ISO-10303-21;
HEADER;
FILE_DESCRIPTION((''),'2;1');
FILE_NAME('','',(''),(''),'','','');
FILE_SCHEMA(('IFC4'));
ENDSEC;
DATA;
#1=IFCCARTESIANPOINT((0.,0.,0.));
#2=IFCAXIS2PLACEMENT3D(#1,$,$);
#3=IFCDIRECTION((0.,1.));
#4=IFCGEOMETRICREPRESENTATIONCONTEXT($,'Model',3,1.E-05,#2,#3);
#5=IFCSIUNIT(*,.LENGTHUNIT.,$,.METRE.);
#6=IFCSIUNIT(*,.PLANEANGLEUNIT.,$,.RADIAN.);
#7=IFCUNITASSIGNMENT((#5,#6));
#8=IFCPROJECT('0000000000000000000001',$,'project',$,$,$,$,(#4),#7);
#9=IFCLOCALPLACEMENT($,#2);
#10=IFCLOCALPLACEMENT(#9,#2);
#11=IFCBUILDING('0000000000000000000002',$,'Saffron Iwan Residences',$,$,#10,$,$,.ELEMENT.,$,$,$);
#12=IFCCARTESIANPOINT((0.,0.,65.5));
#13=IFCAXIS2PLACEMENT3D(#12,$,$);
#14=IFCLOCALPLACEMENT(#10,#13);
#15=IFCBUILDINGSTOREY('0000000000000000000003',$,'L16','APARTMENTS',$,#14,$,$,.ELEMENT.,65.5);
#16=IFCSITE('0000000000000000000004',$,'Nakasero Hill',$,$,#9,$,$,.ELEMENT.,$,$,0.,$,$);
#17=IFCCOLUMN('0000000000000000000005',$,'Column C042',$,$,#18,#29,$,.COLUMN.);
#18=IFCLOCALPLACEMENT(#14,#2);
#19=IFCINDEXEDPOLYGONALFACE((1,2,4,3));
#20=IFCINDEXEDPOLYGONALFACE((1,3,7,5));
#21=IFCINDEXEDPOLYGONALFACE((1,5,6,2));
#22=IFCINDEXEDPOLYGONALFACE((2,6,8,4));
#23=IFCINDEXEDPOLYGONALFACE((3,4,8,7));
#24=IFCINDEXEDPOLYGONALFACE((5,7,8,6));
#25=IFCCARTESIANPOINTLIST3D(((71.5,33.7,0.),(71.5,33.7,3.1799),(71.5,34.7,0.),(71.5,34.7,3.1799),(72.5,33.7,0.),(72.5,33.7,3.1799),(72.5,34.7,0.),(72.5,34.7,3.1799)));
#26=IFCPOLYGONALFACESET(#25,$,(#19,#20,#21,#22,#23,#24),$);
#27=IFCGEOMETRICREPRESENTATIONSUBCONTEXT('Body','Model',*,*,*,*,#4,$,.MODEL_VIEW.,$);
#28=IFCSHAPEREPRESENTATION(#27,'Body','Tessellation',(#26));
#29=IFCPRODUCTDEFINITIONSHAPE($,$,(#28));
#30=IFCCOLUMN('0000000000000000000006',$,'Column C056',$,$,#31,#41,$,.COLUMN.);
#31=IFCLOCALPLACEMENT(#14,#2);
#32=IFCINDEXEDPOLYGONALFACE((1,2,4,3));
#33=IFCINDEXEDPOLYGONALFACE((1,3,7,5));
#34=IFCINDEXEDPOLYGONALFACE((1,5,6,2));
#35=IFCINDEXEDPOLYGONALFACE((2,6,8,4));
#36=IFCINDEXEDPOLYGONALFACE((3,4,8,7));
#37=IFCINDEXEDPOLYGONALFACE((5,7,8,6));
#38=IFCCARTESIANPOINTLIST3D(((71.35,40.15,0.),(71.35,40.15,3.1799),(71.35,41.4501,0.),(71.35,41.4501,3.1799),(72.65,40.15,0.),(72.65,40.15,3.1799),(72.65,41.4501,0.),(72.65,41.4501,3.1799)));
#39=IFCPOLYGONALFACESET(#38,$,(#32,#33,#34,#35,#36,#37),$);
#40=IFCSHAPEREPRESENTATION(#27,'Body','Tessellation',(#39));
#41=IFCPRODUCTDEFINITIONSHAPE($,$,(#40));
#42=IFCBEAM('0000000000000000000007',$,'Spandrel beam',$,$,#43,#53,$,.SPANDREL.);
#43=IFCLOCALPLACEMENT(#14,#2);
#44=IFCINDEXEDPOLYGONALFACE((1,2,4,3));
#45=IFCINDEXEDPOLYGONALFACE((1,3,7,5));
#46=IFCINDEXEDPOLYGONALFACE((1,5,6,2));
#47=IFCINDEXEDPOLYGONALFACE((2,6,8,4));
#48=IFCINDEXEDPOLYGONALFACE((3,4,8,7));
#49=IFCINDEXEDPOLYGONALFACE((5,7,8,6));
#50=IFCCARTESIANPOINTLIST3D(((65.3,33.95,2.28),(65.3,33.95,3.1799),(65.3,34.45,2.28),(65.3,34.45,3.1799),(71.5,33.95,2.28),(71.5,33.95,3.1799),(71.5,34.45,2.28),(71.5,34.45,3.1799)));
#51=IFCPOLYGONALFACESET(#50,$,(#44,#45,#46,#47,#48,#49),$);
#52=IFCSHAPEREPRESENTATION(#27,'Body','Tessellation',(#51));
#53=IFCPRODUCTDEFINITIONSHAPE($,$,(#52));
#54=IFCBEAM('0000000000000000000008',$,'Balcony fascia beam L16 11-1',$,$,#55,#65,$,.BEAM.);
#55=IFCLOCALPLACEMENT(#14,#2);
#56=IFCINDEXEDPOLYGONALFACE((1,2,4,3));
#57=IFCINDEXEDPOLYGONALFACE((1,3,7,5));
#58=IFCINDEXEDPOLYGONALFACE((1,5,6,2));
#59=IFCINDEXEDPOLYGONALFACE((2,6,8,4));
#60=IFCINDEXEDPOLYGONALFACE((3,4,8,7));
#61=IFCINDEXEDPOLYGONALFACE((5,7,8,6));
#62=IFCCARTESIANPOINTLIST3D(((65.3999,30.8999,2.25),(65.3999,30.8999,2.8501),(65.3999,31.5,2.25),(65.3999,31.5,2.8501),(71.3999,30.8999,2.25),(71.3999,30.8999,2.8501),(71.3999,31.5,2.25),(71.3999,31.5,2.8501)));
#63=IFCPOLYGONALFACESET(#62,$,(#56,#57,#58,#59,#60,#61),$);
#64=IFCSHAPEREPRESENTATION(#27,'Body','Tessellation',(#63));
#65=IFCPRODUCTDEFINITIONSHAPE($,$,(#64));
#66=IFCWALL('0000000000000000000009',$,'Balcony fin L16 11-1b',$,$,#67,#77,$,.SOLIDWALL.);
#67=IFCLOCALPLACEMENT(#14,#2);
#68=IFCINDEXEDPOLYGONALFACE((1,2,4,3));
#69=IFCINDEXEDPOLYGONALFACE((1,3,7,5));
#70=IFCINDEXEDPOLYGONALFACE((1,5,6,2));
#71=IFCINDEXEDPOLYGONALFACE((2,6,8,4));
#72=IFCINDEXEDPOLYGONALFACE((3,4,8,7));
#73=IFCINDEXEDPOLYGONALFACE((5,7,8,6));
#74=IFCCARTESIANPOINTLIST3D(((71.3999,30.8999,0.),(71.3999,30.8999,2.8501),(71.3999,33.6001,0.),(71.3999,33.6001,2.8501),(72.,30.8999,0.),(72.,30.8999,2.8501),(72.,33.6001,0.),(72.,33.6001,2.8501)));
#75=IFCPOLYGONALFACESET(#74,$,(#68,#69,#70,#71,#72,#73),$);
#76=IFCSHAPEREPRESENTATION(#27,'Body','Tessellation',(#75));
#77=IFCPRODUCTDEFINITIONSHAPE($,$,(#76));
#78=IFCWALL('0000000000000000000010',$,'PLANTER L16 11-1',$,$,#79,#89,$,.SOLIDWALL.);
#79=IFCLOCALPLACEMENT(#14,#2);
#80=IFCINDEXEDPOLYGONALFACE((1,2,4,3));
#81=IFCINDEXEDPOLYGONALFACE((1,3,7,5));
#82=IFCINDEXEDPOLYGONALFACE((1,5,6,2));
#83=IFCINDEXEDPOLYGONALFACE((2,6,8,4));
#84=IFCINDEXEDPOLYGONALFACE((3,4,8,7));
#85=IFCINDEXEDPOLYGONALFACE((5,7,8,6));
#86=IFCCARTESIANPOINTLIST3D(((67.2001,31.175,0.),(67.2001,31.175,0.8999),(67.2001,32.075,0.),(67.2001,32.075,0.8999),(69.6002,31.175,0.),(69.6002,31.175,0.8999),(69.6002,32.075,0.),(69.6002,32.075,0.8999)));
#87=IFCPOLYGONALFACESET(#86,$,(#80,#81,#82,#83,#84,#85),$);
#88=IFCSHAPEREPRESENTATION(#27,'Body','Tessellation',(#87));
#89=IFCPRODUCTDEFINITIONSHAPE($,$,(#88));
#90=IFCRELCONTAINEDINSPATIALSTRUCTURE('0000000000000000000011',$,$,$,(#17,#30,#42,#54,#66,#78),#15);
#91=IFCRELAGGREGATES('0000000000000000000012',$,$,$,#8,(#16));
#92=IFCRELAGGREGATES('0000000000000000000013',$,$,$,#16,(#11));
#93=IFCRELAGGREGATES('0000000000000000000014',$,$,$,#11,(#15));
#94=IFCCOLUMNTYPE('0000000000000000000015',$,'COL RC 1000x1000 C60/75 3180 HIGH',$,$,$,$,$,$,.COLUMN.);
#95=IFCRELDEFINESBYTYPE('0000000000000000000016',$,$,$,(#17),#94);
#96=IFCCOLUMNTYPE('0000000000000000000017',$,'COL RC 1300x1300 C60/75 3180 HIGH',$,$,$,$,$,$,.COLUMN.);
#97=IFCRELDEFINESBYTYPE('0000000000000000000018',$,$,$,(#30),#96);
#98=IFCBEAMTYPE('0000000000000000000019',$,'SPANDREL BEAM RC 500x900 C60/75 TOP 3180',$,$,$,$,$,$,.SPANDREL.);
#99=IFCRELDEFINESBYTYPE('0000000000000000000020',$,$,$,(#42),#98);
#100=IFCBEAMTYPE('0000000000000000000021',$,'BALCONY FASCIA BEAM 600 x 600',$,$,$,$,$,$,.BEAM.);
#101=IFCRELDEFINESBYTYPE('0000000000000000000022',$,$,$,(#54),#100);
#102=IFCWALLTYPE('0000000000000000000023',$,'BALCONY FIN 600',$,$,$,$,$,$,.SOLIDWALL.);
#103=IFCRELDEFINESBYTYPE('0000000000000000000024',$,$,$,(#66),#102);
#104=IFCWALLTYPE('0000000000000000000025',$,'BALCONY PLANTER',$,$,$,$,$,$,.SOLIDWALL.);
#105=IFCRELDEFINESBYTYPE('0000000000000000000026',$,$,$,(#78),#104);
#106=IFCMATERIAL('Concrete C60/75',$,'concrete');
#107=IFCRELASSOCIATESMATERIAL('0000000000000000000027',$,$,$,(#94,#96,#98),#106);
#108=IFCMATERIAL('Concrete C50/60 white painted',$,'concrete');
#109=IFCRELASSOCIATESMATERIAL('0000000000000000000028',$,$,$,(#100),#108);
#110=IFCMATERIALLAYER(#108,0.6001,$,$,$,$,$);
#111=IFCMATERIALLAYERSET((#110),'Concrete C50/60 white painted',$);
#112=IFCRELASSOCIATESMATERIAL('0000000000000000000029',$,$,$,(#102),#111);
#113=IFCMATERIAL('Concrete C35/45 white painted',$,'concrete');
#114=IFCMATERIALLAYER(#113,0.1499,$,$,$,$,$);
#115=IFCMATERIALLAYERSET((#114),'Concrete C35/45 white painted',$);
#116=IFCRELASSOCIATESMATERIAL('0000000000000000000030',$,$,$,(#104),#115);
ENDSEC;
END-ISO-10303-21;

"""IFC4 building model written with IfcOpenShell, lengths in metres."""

from ifc_helpers import new_model, si_unit, direction, frame, frame_2d, origin, origin_2d, place, context, subcontext, project, spatial, rectangle, extrude, source, transform, mapped, material, layer, layer_set, material_profile, profile_set, type_object, element, save


model = new_model("IFC4")

# Units and contexts
model_context = context("Model", 3, precision=1e-05, world=origin(), true_north=direction((0.0, 1.0)))
body_context = subcontext(model_context, "Body", "Model", "MODEL_VIEW")
ifc_project = project(units=[si_unit("LENGTHUNIT", "METRE"), si_unit("PLANEANGLEUNIT", "RADIAN")], contexts=[model_context])

# Site, building, storey
site_placement = place(None, origin())
site = spatial("IfcSite", under=ifc_project, at=site_placement, Name="Nakasero Hill", CompositionType="ELEMENT", RefElevation=0.0)
building_placement = place(site_placement, origin())
building = spatial("IfcBuilding", under=site, at=building_placement, Name="Saffron Iwan Residences", CompositionType="ELEMENT")
storey_placement = place(building_placement, frame((0.0, 0.0, 65.5)))
storey = spatial("IfcBuildingStorey", under=building, at=storey_placement, Name="L16", Description="APARTMENTS", CompositionType="ELEMENT", Elevation=65.5)

# Columns
ifc_material_1 = material(Name="Concrete C60/75", Category="concrete")
ifc_material_profile_1 = material_profile(ifc_material_1, rectangle(XDim=1.0, YDim=1.0, at=origin_2d()), Name="RC 1000x1000")
ifc_profile_set_1 = profile_set([ifc_material_profile_1], Name="Concrete C60/75")
column_type_1 = type_object("IfcColumnType", Name="COL RC 1000x1000 C60/75 3180 HIGH", PredefinedType="COLUMN", material=ifc_profile_set_1)
shared_shape_1 = source(origin(), body_context, "Body", "SweptSolid", [
    extrude(rectangle(XDim=1.0, YDim=1.0, at=origin_2d()), origin(), (0.0, 0.0, 1.0), 3.1799),
])
column_1_placement = place(storey_placement, frame((72.0, 34.2, 0.0), z_axis=(0.0, 0.0, 1.0), x_axis=(1.0, 0.0, 0.0)))
element("IfcColumn", 1, at=column_1_placement, inside=storey, type_object=column_type_1, Name="Column C042", PredefinedType="COLUMN", context=body_context, shape_type="MappedRepresentation", body=[
    mapped(shared_shape_1, transform((0.0, 0.0, 0.0))),
])
ifc_material_profile_2 = material_profile(ifc_material_1, rectangle(XDim=1.3, YDim=1.3, at=origin_2d()), Name="RC 1300x1300")
ifc_profile_set_2 = profile_set([ifc_material_profile_2], Name="Concrete C60/75")
column_type_2 = type_object("IfcColumnType", Name="COL RC 1300x1300 C60/75 3180 HIGH", PredefinedType="COLUMN", material=ifc_profile_set_2)
shared_shape_2 = source(origin(), body_context, "Body", "SweptSolid", [
    extrude(rectangle(XDim=1.3, YDim=1.3, at=origin_2d()), origin(), (0.0, 0.0, 1.0), 3.1799),
])
column_2_placement = place(storey_placement, frame((72.0, 40.8, 0.0), z_axis=(0.0, 0.0, 1.0), x_axis=(1.0, 0.0, 0.0)))
element("IfcColumn", 2, at=column_2_placement, inside=storey, type_object=column_type_2, Name="Column C056", PredefinedType="COLUMN", context=body_context, shape_type="MappedRepresentation", body=[
    mapped(shared_shape_2, transform((0.0, 0.0, 0.0))),
])

# Beams
ifc_material_profile_3 = material_profile(ifc_material_1, rectangle(XDim=0.5, YDim=0.8999, at=origin_2d()), Name="RC 500x900")
ifc_profile_set_3 = profile_set([ifc_material_profile_3], Name="Concrete C60/75")
beam_type_1 = type_object("IfcBeamType", Name="SPANDREL BEAM RC 500x900 C60/75 TOP 3180", PredefinedType="SPANDREL", material=ifc_profile_set_3)
shared_shape_3 = source(origin(), body_context, "Body", "SweptSolid", [
    extrude(rectangle(XDim=0.5, YDim=0.8999, at=origin_2d()), origin(), (0.0, 0.0, 1.0), 6.2),
])
beam_1_placement = place(storey_placement, frame((71.5, 34.2, 2.73), z_axis=(-1.0, 0.0, 0.0), x_axis=(0.0, -1.0, 0.0)))
element("IfcBeam", 3, at=beam_1_placement, inside=storey, type_object=beam_type_1, Name="Spandrel beam", PredefinedType="SPANDREL", context=body_context, shape_type="MappedRepresentation", body=[
    mapped(shared_shape_3, transform((0.0, 0.0, 0.0))),
])
ifc_material_2 = material(Name="Concrete C50/60 white painted", Category="concrete")
ifc_material_profile_4 = material_profile(ifc_material_2, rectangle(XDim=0.6001, YDim=0.6001, at=origin_2d()), Name="BALCONY FASCIA BEAM 600 x 600")
ifc_profile_set_4 = profile_set([ifc_material_profile_4], Name="Concrete C50/60 white painted")
beam_type_2 = type_object("IfcBeamType", Name="BALCONY FASCIA BEAM 600 x 600", PredefinedType="BEAM", material=ifc_profile_set_4)
shared_shape_4 = source(origin(), body_context, "Body", "SweptSolid", [
    extrude(rectangle(XDim=0.6001, YDim=0.6001, at=origin_2d()), origin(), (0.0, 0.0, 1.0), 6.0),
])
beam_2_placement = place(storey_placement, frame((65.3999, 31.2, 2.55), z_axis=(1.0, 0.0, 0.0), x_axis=(0.0, 1.0, 0.0)))
element("IfcBeam", 4, at=beam_2_placement, inside=storey, type_object=beam_type_2, Name="Balcony fascia beam L16 11-1", PredefinedType="BEAM", context=body_context, shape_type="MappedRepresentation", body=[
    mapped(shared_shape_4, transform((0.0, 0.0, 0.0))),
])

# Walls
ifc_layer_1 = layer(ifc_material_2, 0.6001)
ifc_layer_set_1 = layer_set([ifc_layer_1], Name="Concrete C50/60 white painted")
wall_type_1 = type_object("IfcWallType", Name="BALCONY FIN 600", PredefinedType="SOLIDWALL", material=ifc_layer_set_1)
wall_1_placement = place(storey_placement, frame((71.7, 33.6001, 0.0), z_axis=(0.0, 0.0, 1.0), x_axis=(0.0, -1.0, 0.0)))
element("IfcWall", 5, at=wall_1_placement, inside=storey, type_object=wall_type_1, Name="Balcony fin L16 11-1b", PredefinedType="SOLIDWALL", context=body_context, shape_type="SweptSolid", body=[
    extrude(rectangle(XDim=2.7002, YDim=0.6001, at=frame_2d((1.3501, 0.0))), origin(), (0.0, 0.0, 1.0), 2.8501),
])
ifc_material_3 = material(Name="Concrete C35/45 white painted", Category="concrete")
ifc_layer_2 = layer(ifc_material_3, 0.1499)
ifc_layer_set_2 = layer_set([ifc_layer_2], Name="Concrete C35/45 white painted")
wall_type_2 = type_object("IfcWallType", Name="BALCONY PLANTER", PredefinedType="SOLIDWALL", material=ifc_layer_set_2)
wall_2_placement = place(storey_placement, frame((67.2, 31.625, 0.0), z_axis=(0.0, 0.0, 1.0), x_axis=(1.0, 0.0, 0.0)))
element("IfcWall", 6, at=wall_2_placement, inside=storey, type_object=wall_type_2, Name="PLANTER L16 11-1", PredefinedType="SOLIDWALL", context=body_context, shape_type="SweptSolid", body=[
    extrude(rectangle(XDim=2.4001, YDim=0.8999, at=frame_2d((1.2002, 0.0))), origin(), (0.0, 0.0, 1.0), 0.8999),
])

save(model, "model.ifc")
